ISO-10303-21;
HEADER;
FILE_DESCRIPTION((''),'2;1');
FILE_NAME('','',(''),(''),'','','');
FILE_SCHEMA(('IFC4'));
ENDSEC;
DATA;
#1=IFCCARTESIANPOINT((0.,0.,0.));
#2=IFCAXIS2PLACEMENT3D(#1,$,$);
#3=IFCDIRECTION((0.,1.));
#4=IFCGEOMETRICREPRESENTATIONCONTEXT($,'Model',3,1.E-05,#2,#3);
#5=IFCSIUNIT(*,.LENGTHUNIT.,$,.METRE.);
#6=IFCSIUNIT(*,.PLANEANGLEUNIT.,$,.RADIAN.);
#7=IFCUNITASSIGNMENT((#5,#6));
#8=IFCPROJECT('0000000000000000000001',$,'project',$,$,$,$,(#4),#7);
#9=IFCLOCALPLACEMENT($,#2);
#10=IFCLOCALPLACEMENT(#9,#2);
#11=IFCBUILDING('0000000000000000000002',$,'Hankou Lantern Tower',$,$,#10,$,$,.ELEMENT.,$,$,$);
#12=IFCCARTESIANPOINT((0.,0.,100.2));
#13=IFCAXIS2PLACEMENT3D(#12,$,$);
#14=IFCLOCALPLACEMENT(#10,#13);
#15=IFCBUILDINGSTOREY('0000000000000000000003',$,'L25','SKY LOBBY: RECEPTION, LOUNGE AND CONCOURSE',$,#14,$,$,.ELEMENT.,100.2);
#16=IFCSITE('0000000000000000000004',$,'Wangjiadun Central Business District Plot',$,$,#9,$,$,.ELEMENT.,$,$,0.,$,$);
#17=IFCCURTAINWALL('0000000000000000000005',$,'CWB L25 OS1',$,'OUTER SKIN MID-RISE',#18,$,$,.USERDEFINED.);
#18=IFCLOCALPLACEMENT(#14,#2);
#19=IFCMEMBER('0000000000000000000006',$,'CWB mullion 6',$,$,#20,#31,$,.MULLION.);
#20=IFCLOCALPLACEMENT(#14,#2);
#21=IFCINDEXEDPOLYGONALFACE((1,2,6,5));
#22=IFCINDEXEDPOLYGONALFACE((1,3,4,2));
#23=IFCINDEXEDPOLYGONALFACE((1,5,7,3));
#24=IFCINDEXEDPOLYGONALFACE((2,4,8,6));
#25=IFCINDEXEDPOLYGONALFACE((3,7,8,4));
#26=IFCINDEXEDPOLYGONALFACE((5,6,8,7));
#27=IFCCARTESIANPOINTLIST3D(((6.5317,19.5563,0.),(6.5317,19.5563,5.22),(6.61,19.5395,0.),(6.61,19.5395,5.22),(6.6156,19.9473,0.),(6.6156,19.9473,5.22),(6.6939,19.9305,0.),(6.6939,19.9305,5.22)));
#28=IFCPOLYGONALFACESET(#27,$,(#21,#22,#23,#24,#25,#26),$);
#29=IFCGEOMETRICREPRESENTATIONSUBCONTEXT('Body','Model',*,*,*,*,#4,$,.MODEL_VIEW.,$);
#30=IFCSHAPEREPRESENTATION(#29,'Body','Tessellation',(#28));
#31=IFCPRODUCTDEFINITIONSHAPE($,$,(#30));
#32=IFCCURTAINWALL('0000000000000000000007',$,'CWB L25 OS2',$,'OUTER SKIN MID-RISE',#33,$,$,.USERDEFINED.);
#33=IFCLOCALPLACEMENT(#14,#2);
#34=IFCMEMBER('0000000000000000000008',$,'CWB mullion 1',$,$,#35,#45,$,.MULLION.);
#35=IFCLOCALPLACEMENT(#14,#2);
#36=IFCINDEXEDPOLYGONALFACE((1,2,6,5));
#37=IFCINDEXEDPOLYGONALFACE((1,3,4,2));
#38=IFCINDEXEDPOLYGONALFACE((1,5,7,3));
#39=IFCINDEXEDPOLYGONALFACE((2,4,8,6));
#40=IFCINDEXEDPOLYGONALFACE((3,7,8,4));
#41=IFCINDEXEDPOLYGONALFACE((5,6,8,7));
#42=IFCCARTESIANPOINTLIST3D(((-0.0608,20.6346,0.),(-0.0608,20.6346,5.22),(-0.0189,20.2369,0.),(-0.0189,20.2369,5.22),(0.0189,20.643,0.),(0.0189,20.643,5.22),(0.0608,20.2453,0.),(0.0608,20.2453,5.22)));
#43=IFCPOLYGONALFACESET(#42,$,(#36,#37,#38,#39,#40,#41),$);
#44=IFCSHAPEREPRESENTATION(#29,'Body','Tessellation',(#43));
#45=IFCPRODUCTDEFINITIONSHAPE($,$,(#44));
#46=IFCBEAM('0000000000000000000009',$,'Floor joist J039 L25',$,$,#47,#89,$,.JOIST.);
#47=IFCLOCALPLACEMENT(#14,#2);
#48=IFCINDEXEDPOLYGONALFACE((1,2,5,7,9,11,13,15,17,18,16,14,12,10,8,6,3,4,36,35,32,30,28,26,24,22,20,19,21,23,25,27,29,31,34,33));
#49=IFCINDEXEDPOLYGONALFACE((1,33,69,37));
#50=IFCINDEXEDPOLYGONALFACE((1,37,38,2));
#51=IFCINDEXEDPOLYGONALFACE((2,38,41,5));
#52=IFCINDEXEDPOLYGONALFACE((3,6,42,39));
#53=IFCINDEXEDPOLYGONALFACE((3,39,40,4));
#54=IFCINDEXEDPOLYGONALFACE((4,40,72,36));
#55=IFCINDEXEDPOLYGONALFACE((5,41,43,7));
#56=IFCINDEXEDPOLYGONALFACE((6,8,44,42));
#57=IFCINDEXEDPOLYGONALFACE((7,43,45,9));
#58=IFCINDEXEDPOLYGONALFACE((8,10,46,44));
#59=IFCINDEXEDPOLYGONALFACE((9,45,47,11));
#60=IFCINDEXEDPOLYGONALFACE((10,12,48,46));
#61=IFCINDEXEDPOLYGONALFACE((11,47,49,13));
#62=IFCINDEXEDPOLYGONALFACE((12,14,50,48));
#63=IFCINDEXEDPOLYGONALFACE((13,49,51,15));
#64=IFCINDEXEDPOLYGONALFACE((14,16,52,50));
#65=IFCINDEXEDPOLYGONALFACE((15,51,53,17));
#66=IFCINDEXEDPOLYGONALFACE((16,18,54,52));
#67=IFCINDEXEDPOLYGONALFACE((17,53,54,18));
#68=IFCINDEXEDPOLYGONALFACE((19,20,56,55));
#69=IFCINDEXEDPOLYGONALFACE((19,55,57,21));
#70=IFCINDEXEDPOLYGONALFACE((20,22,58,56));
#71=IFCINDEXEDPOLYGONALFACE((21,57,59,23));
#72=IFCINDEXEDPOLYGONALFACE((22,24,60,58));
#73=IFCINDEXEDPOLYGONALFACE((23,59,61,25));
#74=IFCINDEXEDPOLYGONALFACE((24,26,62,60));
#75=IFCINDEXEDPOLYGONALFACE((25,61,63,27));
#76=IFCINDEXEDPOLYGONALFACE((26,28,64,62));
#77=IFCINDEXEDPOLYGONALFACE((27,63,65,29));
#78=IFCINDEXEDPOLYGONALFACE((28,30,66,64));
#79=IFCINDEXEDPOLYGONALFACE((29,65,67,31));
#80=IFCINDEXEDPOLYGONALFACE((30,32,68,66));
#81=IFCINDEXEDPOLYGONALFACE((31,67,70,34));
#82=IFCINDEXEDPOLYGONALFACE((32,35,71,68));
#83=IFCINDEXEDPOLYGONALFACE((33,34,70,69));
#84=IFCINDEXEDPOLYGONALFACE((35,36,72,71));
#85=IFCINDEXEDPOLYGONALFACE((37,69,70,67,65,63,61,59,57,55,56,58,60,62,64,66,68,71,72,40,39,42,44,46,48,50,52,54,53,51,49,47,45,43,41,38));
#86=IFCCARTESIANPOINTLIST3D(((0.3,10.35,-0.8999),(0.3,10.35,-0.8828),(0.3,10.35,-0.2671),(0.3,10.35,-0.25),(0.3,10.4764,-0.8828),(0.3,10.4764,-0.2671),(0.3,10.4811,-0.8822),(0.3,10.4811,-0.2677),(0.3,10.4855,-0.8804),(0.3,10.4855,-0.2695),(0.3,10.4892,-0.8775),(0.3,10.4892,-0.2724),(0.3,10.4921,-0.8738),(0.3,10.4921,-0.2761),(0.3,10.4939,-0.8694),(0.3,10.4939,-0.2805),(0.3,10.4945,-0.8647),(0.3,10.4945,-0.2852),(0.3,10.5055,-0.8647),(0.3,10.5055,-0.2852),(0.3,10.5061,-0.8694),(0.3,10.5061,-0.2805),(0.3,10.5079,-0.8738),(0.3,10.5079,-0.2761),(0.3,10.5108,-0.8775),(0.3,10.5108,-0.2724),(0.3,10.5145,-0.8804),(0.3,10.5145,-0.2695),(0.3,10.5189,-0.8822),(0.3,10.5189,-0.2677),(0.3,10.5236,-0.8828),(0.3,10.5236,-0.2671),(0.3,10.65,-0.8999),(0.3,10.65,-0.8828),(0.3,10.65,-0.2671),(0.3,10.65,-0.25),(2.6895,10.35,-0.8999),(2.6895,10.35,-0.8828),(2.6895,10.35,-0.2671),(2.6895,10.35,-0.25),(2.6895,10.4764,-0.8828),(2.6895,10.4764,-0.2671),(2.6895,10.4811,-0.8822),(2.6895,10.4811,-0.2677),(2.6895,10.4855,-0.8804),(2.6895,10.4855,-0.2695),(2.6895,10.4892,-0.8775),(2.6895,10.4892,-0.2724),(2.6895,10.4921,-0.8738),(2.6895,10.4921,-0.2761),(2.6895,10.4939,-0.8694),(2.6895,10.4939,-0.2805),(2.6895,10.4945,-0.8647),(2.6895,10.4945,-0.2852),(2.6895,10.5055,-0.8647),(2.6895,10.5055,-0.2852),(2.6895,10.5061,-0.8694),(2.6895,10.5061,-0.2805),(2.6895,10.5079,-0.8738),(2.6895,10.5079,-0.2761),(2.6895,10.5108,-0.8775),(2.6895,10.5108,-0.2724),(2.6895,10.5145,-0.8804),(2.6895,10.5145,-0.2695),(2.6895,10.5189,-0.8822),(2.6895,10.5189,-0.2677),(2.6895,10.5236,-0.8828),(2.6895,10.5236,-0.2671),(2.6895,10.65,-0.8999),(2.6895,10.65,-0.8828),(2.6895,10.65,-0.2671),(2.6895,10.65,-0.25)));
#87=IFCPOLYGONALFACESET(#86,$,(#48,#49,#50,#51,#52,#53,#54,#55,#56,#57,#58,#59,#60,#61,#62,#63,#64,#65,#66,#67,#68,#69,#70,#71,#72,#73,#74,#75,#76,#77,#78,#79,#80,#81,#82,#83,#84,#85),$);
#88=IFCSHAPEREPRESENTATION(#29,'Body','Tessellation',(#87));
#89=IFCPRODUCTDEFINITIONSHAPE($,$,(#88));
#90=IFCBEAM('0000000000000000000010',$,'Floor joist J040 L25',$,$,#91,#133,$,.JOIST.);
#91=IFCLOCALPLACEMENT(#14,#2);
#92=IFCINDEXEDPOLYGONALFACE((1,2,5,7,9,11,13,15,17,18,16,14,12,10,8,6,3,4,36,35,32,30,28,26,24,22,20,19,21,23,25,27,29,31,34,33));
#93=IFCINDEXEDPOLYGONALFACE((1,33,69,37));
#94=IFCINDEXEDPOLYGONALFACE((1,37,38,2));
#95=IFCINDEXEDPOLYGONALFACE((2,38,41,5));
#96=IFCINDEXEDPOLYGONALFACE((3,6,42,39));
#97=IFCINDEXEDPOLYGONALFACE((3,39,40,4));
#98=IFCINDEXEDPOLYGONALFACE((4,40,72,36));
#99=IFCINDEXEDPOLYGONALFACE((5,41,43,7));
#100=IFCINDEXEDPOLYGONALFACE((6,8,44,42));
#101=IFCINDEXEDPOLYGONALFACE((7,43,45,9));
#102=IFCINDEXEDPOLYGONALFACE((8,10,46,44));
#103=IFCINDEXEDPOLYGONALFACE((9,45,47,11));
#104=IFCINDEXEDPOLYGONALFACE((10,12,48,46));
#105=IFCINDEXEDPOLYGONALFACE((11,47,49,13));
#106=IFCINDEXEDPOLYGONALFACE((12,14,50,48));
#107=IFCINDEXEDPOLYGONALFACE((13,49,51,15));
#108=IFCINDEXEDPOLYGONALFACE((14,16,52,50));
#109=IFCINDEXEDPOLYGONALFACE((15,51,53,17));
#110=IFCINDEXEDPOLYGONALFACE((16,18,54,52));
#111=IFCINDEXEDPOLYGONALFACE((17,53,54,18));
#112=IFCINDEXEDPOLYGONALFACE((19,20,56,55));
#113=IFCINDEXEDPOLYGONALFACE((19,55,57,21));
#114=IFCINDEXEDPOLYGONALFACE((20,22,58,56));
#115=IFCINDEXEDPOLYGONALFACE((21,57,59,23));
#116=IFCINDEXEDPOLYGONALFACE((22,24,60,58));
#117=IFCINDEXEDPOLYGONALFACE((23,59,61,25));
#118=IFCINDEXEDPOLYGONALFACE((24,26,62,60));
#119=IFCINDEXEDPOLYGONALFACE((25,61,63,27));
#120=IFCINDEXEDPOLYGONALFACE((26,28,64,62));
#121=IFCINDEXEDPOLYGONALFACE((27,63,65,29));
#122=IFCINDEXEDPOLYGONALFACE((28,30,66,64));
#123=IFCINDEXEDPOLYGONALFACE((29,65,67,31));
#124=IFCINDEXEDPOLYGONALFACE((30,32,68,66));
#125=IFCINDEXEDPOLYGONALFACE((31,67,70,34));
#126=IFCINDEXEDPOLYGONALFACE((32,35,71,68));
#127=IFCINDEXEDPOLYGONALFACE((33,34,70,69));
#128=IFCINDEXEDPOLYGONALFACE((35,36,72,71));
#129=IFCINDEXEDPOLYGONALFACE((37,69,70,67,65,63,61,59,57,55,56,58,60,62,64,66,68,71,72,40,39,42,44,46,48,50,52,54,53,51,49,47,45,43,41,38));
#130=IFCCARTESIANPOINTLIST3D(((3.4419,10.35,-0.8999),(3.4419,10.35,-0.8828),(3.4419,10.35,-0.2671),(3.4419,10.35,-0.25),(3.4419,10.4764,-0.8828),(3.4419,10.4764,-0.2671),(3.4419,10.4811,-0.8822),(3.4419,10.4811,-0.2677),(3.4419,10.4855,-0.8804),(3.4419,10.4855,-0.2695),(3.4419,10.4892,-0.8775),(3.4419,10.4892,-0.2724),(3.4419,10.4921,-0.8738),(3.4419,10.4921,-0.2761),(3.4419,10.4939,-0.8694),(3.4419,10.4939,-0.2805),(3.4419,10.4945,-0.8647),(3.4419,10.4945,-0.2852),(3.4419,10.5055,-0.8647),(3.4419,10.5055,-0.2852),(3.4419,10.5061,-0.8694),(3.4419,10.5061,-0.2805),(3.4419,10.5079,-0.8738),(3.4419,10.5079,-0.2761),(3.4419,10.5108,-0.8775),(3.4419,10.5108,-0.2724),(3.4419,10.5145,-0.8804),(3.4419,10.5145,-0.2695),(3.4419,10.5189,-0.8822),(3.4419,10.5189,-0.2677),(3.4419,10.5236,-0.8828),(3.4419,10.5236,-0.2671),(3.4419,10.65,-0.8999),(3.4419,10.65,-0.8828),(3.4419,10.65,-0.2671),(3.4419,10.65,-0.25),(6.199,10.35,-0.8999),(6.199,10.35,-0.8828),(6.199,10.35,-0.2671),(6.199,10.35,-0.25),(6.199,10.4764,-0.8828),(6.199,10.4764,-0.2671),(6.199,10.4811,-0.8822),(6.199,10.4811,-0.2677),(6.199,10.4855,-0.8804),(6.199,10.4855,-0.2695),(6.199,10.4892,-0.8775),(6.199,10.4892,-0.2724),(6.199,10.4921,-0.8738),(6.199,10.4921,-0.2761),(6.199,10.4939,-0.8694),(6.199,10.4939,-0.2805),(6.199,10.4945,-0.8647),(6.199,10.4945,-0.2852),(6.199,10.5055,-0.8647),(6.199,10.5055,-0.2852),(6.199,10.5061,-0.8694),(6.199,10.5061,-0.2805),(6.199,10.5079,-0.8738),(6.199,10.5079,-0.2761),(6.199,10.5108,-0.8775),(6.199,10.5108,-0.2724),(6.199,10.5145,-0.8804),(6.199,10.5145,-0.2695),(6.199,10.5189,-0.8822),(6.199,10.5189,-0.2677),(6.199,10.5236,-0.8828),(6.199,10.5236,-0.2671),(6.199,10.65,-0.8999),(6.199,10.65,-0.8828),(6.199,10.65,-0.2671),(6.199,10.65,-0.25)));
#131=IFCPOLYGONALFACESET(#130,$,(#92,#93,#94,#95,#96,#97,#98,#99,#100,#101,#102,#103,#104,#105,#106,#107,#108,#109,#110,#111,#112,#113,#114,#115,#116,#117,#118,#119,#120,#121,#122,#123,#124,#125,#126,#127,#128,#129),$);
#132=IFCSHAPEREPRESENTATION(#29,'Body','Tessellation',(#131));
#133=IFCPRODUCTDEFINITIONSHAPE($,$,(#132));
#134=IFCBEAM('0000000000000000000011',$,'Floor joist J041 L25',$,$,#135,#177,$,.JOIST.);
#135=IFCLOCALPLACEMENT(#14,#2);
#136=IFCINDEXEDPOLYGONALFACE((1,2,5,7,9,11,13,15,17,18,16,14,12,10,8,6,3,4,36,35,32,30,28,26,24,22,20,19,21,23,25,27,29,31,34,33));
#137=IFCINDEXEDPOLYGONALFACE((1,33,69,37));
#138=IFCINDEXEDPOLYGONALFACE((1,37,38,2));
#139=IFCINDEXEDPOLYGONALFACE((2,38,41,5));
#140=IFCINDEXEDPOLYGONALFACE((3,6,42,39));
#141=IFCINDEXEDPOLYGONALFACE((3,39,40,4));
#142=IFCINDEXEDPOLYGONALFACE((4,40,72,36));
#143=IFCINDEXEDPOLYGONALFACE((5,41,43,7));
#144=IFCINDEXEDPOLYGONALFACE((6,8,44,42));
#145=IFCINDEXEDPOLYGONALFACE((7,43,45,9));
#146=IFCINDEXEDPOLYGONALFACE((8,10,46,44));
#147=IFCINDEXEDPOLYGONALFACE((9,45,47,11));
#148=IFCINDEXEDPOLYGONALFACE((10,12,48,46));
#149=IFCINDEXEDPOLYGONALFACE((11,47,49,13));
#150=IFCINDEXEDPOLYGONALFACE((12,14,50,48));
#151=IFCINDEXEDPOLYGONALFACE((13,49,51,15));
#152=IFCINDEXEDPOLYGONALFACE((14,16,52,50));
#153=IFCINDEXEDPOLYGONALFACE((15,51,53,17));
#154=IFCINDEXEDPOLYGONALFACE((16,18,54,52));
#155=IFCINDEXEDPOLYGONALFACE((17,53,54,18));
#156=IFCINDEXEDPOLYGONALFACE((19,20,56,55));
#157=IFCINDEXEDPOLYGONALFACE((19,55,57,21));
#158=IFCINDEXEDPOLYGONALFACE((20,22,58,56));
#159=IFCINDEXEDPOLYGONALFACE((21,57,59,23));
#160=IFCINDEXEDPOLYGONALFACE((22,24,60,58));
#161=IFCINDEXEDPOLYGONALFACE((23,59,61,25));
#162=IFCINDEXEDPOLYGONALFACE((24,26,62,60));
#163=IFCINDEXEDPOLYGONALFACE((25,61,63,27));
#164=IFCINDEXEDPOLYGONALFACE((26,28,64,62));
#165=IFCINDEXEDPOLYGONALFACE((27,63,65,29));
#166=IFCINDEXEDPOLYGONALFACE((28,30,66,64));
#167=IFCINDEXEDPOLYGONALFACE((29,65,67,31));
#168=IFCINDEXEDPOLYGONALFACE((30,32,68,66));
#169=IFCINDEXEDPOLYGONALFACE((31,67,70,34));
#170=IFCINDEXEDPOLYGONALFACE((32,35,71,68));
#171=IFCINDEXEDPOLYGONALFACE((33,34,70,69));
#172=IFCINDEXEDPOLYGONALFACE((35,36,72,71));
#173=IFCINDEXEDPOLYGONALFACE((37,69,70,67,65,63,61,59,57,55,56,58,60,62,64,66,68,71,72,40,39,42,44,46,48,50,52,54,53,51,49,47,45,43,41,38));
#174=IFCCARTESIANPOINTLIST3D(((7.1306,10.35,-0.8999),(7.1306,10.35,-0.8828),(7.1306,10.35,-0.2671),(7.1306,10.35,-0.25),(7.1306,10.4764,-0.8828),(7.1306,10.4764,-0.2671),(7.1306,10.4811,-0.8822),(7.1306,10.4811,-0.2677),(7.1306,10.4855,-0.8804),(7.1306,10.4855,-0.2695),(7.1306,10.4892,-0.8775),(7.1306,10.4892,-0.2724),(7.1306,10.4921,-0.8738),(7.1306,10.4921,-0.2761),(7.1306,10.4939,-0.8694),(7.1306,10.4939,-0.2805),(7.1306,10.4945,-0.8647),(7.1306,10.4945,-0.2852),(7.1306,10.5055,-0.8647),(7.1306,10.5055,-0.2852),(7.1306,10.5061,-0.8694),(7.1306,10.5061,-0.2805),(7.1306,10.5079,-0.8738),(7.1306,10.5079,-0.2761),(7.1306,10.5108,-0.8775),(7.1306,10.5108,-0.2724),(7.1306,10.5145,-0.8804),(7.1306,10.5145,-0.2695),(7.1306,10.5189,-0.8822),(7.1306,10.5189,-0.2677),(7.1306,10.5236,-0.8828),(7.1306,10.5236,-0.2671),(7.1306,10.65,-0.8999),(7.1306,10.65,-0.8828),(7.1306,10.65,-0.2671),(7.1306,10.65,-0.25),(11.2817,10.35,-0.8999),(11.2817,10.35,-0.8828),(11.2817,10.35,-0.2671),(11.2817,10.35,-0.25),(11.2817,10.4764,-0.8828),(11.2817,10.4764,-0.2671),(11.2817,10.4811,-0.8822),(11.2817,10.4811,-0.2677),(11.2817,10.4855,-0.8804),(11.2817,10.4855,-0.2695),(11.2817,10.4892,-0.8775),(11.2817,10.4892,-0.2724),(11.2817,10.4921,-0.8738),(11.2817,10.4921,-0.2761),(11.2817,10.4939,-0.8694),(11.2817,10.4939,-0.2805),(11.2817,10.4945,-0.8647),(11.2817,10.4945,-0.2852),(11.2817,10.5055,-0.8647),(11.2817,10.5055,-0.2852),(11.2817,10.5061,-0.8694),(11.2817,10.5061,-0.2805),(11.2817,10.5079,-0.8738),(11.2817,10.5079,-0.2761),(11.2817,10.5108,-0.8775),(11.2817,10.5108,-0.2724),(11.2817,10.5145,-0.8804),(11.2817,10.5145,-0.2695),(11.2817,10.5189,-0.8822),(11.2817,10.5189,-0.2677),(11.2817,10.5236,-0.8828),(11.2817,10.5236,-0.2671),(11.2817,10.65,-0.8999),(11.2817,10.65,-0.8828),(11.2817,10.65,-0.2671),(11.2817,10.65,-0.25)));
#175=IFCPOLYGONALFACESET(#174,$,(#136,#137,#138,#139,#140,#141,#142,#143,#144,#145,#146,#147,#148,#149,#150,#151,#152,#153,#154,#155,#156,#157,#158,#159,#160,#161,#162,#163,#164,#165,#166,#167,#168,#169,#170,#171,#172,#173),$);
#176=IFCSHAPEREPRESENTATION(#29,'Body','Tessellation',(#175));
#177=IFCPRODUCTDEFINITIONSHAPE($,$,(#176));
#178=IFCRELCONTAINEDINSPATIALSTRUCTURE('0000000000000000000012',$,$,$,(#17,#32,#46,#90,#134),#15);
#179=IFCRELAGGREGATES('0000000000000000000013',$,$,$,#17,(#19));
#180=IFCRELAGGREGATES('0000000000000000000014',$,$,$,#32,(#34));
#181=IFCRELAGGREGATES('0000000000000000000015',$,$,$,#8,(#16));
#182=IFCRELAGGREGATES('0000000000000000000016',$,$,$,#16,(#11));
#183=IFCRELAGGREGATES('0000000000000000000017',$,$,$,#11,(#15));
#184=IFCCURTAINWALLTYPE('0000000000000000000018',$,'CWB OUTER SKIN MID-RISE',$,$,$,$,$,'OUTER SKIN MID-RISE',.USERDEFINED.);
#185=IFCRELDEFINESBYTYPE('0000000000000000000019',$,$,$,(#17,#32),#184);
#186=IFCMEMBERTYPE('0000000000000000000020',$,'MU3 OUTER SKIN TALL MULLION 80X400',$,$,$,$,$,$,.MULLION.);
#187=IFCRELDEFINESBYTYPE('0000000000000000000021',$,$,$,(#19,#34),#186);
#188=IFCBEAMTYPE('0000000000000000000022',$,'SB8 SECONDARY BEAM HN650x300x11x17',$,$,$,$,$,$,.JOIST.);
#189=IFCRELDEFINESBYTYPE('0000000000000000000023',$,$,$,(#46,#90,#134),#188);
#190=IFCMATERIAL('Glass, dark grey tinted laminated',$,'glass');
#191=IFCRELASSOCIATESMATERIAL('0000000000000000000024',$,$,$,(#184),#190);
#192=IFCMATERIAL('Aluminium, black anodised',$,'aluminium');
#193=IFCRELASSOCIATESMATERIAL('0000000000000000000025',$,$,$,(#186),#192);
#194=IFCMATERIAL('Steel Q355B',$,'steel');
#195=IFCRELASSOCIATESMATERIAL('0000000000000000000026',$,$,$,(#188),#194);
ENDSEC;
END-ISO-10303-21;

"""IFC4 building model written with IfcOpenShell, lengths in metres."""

from ifc_helpers import new_model, si_unit, direction, frame, origin, origin_2d, place, context, subcontext, project, spatial, rectangle, i_section, extrude, material, material_profile, profile_set, type_object, element, aggregate, save


model = new_model("IFC4")

# Units and contexts
model_context = context("Model", 3, precision=1e-05, world=origin(), true_north=direction((0.0, 1.0)))
body_context = subcontext(model_context, "Body", "Model", "MODEL_VIEW")
ifc_project = project(units=[si_unit("LENGTHUNIT", "METRE"), si_unit("PLANEANGLEUNIT", "RADIAN")], contexts=[model_context])

# Site, building, storey
site_placement = place(None, origin())
site = spatial("IfcSite", under=ifc_project, at=site_placement, Name="Wangjiadun Central Business District Plot", CompositionType="ELEMENT", RefElevation=0.0)
building_placement = place(site_placement, origin())
building = spatial("IfcBuilding", under=site, at=building_placement, Name="Hankou Lantern Tower", CompositionType="ELEMENT")
storey_placement = place(building_placement, frame((0.0, 0.0, 100.2)))
storey = spatial("IfcBuildingStorey", under=building, at=storey_placement, Name="L25", Description="SKY LOBBY: RECEPTION, LOUNGE AND CONCOURSE", CompositionType="ELEMENT", Elevation=100.2)

# Curtain walls, members
ifc_material_1 = material(Name="Glass, dark grey tinted laminated", Category="glass")
curtain_wall_type = type_object("IfcCurtainWallType", Name="CWB OUTER SKIN MID-RISE", ElementType="OUTER SKIN MID-RISE", PredefinedType="USERDEFINED", material=ifc_material_1)
curtain_wall_1_placement = place(storey_placement, origin())
curtain_wall_1 = element("IfcCurtainWall", 1, at=curtain_wall_1_placement, inside=storey, type_object=curtain_wall_type, Name="CWB L25 OS1", ObjectType="OUTER SKIN MID-RISE", PredefinedType="USERDEFINED")
ifc_material_2 = material(Name="Aluminium, black anodised", Category="aluminium")
ifc_material_profile_1 = material_profile(ifc_material_2, rectangle(XDim=0.0801, YDim=0.3999, at=origin_2d()), Name="MU3 80X400")
ifc_profile_set_1 = profile_set([ifc_material_profile_1], Name="Aluminium, black anodised")
member_type_1 = type_object("IfcMemberType", Name="MU3 OUTER SKIN TALL MULLION 80X400", PredefinedType="MULLION", material=ifc_profile_set_1)
member_1_placement = place(storey_placement, frame((6.6128, 19.7434, 0.0), z_axis=(0.0, 0.0, 1.0), x_axis=(-0.977788, 0.209598, 0.0)))
member_1 = element("IfcMember", 2, at=member_1_placement, type_object=member_type_1, Name="CWB mullion 6", PredefinedType="MULLION", context=body_context, shape_type="SweptSolid", body=[
    extrude(rectangle(XDim=0.0801, YDim=0.3999, at=origin_2d()), origin(), (0.0, 0.0, 1.0), 5.22),
])
curtain_wall_2_placement = place(storey_placement, origin())
curtain_wall_2 = element("IfcCurtainWall", 3, at=curtain_wall_2_placement, inside=storey, type_object=curtain_wall_type, Name="CWB L25 OS2", ObjectType="OUTER SKIN MID-RISE", PredefinedType="USERDEFINED")
member_2_placement = place(storey_placement, frame((0.0, 20.4399, 0.0), z_axis=(0.0, 0.0, 1.0), x_axis=(-0.994499, -0.104743, 0.0)))
member_2 = element("IfcMember", 4, at=member_2_placement, type_object=member_type_1, Name="CWB mullion 1", PredefinedType="MULLION", context=body_context, shape_type="SweptSolid", body=[
    extrude(rectangle(XDim=0.0801, YDim=0.3999, at=origin_2d()), origin(), (0.0, 0.0, 1.0), 5.22),
])

# Beams
ifc_material_3 = material(Name="Steel Q355B", Category="steel")
ifc_material_profile_2 = material_profile(ifc_material_3, i_section(OverallWidth=0.3, OverallDepth=0.6499, WebThickness=0.011, FlangeThickness=0.0171, FilletRadius=0.0181, at=origin_2d()), Name="HN650x300x11x17")
ifc_profile_set_2 = profile_set([ifc_material_profile_2], Name="Steel Q355B")
beam_type_1 = type_object("IfcBeamType", Name="SB8 SECONDARY BEAM HN650x300x11x17", PredefinedType="JOIST", material=ifc_profile_set_2)
beam_1_placement = place(storey_placement, frame((0.3, 10.5, -0.575), z_axis=(1.0, 0.0, 0.0), x_axis=(0.0, 1.0, 0.0)))
element("IfcBeam", 5, at=beam_1_placement, inside=storey, type_object=beam_type_1, Name="Floor joist J039 L25", PredefinedType="JOIST", context=body_context, shape_type="SweptSolid", body=[
    extrude(i_section(OverallWidth=0.3, OverallDepth=0.6499, WebThickness=0.011, FlangeThickness=0.0171, FilletRadius=0.0181, at=origin_2d()), origin(), (0.0, 0.0, 1.0), 2.3894),
])
beam_2_placement = place(storey_placement, frame((3.4419, 10.5, -0.575), z_axis=(1.0, 0.0, 0.0), x_axis=(0.0, 1.0, 0.0)))
element("IfcBeam", 6, at=beam_2_placement, inside=storey, type_object=beam_type_1, Name="Floor joist J040 L25", PredefinedType="JOIST", context=body_context, shape_type="SweptSolid", body=[
    extrude(i_section(OverallWidth=0.3, OverallDepth=0.6499, WebThickness=0.011, FlangeThickness=0.0171, FilletRadius=0.0181, at=origin_2d()), origin(), (0.0, 0.0, 1.0), 2.7571),
])
beam_3_placement = place(storey_placement, frame((7.1306, 10.5, -0.575), z_axis=(1.0, 0.0, 0.0), x_axis=(0.0, 1.0, 0.0)))
element("IfcBeam", 7, at=beam_3_placement, inside=storey, type_object=beam_type_1, Name="Floor joist J041 L25", PredefinedType="JOIST", context=body_context, shape_type="SweptSolid", body=[
    extrude(i_section(OverallWidth=0.3, OverallDepth=0.6499, WebThickness=0.011, FlangeThickness=0.0171, FilletRadius=0.0181, at=origin_2d()), origin(), (0.0, 0.0, 1.0), 4.1511),
])

aggregate(curtain_wall_1, [member_1])
aggregate(curtain_wall_2, [member_2])

save(model, "model.ifc")
